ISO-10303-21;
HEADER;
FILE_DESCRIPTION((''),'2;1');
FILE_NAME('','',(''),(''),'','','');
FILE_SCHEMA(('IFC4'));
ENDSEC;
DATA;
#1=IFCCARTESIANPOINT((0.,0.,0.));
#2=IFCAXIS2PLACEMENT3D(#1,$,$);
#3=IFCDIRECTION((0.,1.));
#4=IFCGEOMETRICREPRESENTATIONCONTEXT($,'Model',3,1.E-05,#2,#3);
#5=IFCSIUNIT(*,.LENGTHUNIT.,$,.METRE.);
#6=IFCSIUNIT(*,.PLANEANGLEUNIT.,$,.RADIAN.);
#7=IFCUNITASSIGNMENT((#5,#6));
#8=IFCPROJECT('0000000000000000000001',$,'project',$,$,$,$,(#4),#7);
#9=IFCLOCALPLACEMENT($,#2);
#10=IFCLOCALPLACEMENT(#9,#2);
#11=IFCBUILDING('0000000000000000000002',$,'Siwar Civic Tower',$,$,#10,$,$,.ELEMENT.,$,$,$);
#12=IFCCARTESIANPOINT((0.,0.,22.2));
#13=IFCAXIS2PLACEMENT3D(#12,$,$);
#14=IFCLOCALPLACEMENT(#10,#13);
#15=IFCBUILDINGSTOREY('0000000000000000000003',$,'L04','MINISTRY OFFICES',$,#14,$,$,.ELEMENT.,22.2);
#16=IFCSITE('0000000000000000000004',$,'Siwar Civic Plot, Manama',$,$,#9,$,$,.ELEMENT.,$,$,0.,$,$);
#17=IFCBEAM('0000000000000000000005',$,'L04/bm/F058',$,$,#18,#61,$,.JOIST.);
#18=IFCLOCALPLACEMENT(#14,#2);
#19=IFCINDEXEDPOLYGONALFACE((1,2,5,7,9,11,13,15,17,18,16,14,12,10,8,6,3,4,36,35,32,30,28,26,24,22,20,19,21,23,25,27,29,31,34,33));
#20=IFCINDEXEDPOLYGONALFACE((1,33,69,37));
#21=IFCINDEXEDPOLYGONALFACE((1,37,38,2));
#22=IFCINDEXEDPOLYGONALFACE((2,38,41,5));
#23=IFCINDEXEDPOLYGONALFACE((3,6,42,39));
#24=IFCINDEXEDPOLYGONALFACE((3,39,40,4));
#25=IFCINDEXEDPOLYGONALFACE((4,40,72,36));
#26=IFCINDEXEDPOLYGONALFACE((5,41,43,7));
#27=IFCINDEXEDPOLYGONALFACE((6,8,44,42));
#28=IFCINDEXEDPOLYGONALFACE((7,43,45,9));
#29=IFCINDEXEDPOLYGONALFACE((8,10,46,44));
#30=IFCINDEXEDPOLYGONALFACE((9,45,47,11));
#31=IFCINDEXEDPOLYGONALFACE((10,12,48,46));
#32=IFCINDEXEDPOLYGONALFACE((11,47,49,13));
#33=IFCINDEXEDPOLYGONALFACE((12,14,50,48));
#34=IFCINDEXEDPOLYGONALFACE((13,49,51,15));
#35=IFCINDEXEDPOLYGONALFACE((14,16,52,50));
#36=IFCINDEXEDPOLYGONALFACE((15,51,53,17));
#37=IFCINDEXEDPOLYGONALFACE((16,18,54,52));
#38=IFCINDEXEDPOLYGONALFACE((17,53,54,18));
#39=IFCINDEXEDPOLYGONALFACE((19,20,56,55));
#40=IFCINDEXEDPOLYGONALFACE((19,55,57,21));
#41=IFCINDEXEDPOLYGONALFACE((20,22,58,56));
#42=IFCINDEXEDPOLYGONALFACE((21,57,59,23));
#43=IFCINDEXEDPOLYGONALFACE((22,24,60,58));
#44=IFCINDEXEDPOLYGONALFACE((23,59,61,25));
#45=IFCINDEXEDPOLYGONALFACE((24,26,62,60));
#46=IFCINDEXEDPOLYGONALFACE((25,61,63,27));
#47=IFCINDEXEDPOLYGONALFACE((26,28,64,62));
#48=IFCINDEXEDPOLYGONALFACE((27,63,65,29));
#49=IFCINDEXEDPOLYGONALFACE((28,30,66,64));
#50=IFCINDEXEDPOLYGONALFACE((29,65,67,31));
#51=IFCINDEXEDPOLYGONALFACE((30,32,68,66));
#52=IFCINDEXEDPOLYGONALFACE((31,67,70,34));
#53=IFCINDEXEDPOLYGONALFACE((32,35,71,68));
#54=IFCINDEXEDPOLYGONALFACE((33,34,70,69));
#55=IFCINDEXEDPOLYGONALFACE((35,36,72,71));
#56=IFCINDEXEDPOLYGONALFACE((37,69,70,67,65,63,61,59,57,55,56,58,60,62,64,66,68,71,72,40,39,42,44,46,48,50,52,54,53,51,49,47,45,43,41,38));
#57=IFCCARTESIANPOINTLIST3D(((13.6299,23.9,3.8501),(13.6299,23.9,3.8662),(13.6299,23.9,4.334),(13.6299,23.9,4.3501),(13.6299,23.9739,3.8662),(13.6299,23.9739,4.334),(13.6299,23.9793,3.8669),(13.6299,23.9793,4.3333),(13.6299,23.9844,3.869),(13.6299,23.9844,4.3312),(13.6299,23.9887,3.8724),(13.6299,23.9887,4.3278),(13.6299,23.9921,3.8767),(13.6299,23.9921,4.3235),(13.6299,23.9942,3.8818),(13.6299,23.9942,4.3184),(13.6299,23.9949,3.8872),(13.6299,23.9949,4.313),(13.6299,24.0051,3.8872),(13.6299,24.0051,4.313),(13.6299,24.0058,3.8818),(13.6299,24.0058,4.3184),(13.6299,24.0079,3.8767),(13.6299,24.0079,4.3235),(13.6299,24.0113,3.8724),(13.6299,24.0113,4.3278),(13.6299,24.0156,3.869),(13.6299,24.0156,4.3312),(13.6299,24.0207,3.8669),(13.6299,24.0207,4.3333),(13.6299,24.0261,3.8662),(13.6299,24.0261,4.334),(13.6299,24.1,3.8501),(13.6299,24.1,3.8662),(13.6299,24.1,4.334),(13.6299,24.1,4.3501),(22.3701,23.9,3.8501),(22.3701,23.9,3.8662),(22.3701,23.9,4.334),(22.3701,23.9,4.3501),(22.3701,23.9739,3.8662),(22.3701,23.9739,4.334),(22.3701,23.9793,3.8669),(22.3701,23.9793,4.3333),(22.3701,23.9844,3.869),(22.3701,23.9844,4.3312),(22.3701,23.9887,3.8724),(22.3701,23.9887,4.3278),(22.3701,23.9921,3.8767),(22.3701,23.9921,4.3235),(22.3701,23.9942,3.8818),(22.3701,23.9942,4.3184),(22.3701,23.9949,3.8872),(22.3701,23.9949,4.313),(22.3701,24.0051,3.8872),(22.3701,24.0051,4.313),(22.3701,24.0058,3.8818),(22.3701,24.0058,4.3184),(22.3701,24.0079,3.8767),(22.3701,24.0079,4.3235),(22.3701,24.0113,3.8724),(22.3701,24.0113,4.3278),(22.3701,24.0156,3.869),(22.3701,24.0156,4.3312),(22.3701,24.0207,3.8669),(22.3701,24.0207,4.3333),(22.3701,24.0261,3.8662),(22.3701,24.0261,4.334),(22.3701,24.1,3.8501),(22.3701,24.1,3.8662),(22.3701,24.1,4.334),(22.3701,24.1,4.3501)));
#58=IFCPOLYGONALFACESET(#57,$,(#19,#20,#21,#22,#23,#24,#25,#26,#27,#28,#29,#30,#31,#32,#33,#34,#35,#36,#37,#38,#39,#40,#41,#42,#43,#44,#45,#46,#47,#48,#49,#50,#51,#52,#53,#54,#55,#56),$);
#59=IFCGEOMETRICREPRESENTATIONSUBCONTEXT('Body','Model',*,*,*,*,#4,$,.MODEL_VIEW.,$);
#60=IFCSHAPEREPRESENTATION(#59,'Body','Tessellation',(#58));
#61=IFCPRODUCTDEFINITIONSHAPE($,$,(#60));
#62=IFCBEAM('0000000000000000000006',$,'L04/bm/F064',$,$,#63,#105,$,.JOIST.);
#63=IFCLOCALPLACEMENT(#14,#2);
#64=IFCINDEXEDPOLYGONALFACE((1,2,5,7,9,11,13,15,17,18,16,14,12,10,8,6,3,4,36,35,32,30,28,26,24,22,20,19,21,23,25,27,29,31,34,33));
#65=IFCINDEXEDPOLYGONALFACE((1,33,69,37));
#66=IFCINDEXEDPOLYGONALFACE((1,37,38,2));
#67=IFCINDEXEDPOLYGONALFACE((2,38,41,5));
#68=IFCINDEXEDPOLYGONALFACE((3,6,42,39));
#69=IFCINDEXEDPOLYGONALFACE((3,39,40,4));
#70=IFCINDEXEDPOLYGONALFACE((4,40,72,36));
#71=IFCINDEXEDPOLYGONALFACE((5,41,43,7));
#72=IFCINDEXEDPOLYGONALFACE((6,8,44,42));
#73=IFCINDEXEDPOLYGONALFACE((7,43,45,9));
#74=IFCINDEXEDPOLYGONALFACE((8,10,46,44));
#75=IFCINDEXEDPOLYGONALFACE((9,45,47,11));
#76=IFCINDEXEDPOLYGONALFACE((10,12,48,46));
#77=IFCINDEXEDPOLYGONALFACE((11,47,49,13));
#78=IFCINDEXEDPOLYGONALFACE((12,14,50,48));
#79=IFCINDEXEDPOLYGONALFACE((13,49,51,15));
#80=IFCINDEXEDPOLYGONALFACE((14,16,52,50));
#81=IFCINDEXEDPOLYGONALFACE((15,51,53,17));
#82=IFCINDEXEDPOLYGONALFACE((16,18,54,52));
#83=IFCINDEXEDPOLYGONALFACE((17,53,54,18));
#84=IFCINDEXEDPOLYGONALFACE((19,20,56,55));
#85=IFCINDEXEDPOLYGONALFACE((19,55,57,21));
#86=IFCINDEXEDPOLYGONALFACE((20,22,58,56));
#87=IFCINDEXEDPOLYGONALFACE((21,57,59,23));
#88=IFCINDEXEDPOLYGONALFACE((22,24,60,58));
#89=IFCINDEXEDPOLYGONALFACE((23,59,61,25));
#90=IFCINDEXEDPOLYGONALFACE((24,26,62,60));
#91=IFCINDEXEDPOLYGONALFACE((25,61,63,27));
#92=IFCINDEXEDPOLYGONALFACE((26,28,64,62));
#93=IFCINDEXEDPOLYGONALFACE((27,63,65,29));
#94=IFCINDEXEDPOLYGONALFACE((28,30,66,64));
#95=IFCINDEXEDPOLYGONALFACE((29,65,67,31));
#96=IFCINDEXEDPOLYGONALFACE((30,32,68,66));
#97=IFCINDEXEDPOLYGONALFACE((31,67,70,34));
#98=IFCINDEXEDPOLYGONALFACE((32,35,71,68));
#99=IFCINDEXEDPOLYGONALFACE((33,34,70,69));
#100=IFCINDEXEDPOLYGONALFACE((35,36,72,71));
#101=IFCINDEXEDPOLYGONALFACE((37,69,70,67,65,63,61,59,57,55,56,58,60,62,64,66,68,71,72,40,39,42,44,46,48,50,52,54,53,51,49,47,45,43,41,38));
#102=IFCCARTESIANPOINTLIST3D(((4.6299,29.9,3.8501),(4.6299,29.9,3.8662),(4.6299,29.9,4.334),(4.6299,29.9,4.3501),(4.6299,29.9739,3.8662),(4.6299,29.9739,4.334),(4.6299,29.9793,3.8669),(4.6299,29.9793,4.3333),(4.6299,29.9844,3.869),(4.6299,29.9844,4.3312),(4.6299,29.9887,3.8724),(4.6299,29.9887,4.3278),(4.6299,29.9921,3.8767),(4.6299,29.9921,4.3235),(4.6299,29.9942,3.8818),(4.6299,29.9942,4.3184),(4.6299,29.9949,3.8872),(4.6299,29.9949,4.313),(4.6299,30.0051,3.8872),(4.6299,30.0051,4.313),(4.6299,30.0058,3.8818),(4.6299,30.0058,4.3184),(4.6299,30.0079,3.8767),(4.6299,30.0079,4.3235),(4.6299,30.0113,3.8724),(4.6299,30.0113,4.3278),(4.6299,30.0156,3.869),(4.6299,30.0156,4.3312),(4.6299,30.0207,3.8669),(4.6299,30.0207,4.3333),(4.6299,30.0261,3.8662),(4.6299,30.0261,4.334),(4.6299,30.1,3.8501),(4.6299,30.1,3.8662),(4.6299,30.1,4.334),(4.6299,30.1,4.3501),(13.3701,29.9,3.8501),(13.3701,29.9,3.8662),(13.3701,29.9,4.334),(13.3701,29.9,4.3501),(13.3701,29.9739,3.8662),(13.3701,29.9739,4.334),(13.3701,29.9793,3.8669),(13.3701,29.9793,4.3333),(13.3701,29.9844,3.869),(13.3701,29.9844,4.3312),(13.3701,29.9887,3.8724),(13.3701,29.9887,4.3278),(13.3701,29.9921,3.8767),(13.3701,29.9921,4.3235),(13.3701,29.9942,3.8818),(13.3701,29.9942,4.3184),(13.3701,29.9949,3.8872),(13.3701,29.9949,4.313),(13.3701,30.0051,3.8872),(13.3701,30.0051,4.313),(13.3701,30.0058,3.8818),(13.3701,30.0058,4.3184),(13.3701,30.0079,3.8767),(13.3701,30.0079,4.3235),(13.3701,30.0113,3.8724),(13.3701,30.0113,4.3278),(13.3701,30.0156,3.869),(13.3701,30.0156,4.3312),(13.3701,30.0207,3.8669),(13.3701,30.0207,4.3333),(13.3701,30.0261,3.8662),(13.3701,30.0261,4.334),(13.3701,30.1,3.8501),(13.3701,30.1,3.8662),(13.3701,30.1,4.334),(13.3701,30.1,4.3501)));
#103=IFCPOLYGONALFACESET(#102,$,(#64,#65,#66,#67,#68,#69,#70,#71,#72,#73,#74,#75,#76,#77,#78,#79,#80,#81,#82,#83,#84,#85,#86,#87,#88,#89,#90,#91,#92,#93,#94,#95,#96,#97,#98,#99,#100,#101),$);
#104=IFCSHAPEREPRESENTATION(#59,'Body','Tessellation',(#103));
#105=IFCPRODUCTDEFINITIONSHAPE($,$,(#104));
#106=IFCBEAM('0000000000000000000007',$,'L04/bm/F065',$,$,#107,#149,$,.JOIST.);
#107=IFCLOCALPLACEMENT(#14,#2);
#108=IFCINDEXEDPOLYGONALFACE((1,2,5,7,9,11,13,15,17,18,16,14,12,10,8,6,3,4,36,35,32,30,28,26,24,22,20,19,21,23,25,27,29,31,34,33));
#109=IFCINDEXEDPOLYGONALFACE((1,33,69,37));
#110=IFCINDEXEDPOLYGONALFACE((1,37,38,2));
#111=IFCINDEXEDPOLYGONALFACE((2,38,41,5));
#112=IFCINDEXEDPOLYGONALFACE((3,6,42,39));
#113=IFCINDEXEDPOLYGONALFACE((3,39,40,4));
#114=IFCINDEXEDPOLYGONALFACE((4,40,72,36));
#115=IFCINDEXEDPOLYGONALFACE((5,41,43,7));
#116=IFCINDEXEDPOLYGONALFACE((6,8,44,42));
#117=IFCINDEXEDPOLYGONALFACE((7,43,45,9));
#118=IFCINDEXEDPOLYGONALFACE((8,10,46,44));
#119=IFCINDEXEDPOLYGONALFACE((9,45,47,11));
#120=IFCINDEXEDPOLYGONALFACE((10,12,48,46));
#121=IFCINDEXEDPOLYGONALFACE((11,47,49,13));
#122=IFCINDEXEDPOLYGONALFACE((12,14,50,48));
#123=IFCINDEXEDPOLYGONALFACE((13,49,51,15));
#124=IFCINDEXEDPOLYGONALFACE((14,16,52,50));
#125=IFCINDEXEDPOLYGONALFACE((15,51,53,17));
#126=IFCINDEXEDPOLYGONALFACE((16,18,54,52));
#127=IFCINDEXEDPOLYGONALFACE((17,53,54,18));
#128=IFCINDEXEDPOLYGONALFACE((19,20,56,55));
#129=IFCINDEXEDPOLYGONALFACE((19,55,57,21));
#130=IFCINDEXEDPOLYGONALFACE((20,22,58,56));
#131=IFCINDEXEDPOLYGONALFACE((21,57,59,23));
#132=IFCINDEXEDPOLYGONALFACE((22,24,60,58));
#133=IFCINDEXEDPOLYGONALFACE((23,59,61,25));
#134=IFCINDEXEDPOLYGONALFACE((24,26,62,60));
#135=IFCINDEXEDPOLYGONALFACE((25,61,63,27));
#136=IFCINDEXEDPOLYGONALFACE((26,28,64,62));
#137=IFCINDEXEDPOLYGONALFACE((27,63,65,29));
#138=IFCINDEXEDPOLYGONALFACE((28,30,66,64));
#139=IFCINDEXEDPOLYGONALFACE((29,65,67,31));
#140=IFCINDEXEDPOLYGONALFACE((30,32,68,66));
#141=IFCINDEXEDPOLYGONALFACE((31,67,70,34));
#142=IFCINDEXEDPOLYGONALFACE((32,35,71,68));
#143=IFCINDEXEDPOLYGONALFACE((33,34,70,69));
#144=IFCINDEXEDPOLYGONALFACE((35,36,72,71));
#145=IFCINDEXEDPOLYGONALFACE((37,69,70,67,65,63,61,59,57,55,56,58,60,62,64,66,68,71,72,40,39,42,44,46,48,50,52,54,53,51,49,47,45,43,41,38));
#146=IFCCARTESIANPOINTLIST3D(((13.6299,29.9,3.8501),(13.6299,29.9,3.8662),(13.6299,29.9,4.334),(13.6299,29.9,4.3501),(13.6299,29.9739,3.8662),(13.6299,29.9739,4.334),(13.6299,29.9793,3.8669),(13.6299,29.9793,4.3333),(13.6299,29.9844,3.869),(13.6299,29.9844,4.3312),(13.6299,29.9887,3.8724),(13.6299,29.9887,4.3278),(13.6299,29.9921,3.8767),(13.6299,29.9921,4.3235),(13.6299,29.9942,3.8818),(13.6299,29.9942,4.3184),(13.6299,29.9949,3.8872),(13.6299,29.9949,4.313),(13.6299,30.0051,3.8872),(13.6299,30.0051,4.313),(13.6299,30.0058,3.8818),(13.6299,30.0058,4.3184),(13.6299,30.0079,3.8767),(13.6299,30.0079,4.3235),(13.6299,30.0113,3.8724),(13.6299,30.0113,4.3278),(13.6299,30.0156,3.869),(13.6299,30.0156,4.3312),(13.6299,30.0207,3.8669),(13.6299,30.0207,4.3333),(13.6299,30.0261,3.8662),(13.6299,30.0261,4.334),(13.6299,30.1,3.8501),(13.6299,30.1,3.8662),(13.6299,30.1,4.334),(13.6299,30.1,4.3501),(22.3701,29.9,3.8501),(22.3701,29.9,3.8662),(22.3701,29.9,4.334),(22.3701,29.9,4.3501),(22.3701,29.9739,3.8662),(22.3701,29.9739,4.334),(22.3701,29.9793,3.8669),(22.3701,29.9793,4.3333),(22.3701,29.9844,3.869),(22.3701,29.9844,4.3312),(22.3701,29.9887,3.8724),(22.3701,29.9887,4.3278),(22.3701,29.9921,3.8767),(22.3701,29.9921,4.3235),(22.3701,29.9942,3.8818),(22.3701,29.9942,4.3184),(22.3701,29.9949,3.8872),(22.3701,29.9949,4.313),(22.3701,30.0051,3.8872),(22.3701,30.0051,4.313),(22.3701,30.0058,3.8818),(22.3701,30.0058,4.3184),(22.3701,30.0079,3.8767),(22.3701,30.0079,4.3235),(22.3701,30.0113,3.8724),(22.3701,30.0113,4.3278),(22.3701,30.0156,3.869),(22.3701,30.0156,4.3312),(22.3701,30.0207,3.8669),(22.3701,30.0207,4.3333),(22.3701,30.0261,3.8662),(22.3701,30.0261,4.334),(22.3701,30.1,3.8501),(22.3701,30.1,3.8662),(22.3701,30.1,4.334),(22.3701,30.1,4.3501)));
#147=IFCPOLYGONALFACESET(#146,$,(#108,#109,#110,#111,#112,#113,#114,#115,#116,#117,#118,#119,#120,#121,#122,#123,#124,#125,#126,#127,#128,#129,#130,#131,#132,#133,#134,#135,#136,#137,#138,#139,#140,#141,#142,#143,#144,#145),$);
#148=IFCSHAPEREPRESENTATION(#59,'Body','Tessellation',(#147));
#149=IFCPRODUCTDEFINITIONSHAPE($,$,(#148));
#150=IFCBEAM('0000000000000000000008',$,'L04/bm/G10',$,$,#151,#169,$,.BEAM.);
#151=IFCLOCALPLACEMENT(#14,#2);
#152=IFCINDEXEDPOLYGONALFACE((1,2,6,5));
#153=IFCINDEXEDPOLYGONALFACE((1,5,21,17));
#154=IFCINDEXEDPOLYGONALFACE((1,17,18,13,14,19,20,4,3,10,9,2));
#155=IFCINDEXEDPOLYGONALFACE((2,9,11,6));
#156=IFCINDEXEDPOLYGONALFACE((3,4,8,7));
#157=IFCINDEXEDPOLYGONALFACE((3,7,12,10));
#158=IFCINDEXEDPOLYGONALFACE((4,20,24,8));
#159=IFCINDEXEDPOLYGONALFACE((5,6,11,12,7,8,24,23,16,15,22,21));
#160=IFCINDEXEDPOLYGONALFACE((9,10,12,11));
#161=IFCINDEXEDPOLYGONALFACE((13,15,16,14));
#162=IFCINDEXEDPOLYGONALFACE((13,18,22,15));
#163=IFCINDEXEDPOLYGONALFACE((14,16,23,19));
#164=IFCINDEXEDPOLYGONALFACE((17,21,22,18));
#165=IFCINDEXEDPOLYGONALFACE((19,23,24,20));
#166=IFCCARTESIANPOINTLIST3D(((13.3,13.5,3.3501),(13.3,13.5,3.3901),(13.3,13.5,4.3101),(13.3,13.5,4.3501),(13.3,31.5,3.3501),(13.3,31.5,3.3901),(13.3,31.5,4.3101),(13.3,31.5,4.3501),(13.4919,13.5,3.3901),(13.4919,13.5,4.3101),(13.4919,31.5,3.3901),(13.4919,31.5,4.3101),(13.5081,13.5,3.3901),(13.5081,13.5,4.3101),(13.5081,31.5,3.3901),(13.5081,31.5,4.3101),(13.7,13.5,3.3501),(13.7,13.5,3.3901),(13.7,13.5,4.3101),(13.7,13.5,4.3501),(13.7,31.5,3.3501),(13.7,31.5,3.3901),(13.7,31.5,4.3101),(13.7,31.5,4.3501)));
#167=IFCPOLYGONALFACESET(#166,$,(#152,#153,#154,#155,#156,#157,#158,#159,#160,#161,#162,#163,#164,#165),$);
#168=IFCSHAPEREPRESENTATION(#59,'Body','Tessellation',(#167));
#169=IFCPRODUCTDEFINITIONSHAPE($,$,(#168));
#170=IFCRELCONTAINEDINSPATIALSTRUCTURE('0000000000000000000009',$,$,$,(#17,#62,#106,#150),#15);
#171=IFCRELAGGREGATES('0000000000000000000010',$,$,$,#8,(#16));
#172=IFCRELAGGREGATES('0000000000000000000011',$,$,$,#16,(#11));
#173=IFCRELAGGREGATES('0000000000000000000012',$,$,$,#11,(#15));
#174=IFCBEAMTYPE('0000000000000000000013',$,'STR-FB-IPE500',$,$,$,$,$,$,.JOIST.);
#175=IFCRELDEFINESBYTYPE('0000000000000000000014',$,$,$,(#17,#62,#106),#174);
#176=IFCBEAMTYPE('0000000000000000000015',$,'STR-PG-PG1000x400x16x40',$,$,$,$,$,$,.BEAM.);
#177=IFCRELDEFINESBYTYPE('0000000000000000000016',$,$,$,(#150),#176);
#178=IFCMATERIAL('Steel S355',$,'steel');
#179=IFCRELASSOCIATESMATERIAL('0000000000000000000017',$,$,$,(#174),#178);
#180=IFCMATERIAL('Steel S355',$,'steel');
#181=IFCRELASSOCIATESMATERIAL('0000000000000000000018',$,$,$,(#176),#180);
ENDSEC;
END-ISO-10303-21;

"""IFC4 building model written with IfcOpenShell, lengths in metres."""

from ifc_helpers import new_model, si_unit, direction, frame, origin, origin_2d, place, context, subcontext, project, spatial, i_section, extrude, material, material_profile, profile_set, type_object, element, save


model = new_model("IFC4")

# Units and contexts
model_context = context("Model", 3, precision=1e-05, world=origin(), true_north=direction((0.0, 1.0)))
body_context = subcontext(model_context, "Body", "Model", "MODEL_VIEW")
ifc_project = project(units=[si_unit("LENGTHUNIT", "METRE"), si_unit("PLANEANGLEUNIT", "RADIAN")], contexts=[model_context])

# Site, building, storey
site_placement = place(None, origin())
site = spatial("IfcSite", under=ifc_project, at=site_placement, Name="Siwar Civic Plot, Manama", CompositionType="ELEMENT", RefElevation=0.0)
building_placement = place(site_placement, origin())
building = spatial("IfcBuilding", under=site, at=building_placement, Name="Siwar Civic Tower", CompositionType="ELEMENT")
storey_placement = place(building_placement, frame((0.0, 0.0, 22.2)))
storey = spatial("IfcBuildingStorey", under=building, at=storey_placement, Name="L04", Description="MINISTRY OFFICES", CompositionType="ELEMENT", Elevation=22.2)

# Beams
ifc_material_1 = material(Name="Steel S355", Category="steel")
ifc_material_profile_1 = material_profile(ifc_material_1, i_section(OverallWidth=0.2, OverallDepth=0.5, WebThickness=0.0103, FlangeThickness=0.0161, FilletRadius=0.021, at=origin_2d()), Name="IPE500")
ifc_profile_set_1 = profile_set([ifc_material_profile_1], Name="Steel S355")
beam_type_1 = type_object("IfcBeamType", Name="STR-FB-IPE500", PredefinedType="JOIST", material=ifc_profile_set_1)
for number, where, z_axis, x_axis, name in (
    (1, (13.6299, 24.0, 4.1001), (1.0, 0.0, 0.0), (0.0, 1.0, 0.0), "L04/bm/F058"),
    (2, (4.6299, 30.0, 4.1001), (1.0, 0.0, 0.0), (0.0, 1.0, 0.0), "L04/bm/F064"),
    (3, (13.6299, 30.0, 4.1001), (1.0, 0.0, 0.0), (0.0, 1.0, 0.0), "L04/bm/F065"),
):
    element("IfcBeam", number, at=place(storey_placement, frame(where, z_axis=z_axis, x_axis=x_axis)), inside=storey, type_object=beam_type_1, Name=name, PredefinedType="JOIST", context=body_context, shape_type="SweptSolid", body=[
        extrude(i_section(OverallWidth=0.2, OverallDepth=0.5, WebThickness=0.0103, FlangeThickness=0.0161, FilletRadius=0.021, at=origin_2d()), origin(), (0.0, 0.0, 1.0), 8.7402),
    ])
ifc_material_2 = material(Name="Steel S355", Category="steel")
ifc_material_profile_2 = material_profile(ifc_material_2, i_section(OverallWidth=0.3999, OverallDepth=1.0, WebThickness=0.0161, FlangeThickness=0.04, at=origin_2d()), Name="PG1000x400x16x40")
ifc_profile_set_2 = profile_set([ifc_material_profile_2], Name="Steel S355")
beam_type_2 = type_object("IfcBeamType", Name="STR-PG-PG1000x400x16x40", PredefinedType="BEAM", material=ifc_profile_set_2)
beam_1_placement = place(storey_placement, frame((13.5, 13.5, 3.8501), z_axis=(0.0, 1.0, 0.0), x_axis=(-1.0, 0.0, 0.0)))
element("IfcBeam", 4, at=beam_1_placement, inside=storey, type_object=beam_type_2, Name="L04/bm/G10", PredefinedType="BEAM", context=body_context, shape_type="SweptSolid", body=[
    extrude(i_section(OverallWidth=0.3999, OverallDepth=1.0, WebThickness=0.0161, FlangeThickness=0.04, at=origin_2d()), origin(), (0.0, 0.0, 1.0), 18.0),
])

save(model, "model.ifc")
